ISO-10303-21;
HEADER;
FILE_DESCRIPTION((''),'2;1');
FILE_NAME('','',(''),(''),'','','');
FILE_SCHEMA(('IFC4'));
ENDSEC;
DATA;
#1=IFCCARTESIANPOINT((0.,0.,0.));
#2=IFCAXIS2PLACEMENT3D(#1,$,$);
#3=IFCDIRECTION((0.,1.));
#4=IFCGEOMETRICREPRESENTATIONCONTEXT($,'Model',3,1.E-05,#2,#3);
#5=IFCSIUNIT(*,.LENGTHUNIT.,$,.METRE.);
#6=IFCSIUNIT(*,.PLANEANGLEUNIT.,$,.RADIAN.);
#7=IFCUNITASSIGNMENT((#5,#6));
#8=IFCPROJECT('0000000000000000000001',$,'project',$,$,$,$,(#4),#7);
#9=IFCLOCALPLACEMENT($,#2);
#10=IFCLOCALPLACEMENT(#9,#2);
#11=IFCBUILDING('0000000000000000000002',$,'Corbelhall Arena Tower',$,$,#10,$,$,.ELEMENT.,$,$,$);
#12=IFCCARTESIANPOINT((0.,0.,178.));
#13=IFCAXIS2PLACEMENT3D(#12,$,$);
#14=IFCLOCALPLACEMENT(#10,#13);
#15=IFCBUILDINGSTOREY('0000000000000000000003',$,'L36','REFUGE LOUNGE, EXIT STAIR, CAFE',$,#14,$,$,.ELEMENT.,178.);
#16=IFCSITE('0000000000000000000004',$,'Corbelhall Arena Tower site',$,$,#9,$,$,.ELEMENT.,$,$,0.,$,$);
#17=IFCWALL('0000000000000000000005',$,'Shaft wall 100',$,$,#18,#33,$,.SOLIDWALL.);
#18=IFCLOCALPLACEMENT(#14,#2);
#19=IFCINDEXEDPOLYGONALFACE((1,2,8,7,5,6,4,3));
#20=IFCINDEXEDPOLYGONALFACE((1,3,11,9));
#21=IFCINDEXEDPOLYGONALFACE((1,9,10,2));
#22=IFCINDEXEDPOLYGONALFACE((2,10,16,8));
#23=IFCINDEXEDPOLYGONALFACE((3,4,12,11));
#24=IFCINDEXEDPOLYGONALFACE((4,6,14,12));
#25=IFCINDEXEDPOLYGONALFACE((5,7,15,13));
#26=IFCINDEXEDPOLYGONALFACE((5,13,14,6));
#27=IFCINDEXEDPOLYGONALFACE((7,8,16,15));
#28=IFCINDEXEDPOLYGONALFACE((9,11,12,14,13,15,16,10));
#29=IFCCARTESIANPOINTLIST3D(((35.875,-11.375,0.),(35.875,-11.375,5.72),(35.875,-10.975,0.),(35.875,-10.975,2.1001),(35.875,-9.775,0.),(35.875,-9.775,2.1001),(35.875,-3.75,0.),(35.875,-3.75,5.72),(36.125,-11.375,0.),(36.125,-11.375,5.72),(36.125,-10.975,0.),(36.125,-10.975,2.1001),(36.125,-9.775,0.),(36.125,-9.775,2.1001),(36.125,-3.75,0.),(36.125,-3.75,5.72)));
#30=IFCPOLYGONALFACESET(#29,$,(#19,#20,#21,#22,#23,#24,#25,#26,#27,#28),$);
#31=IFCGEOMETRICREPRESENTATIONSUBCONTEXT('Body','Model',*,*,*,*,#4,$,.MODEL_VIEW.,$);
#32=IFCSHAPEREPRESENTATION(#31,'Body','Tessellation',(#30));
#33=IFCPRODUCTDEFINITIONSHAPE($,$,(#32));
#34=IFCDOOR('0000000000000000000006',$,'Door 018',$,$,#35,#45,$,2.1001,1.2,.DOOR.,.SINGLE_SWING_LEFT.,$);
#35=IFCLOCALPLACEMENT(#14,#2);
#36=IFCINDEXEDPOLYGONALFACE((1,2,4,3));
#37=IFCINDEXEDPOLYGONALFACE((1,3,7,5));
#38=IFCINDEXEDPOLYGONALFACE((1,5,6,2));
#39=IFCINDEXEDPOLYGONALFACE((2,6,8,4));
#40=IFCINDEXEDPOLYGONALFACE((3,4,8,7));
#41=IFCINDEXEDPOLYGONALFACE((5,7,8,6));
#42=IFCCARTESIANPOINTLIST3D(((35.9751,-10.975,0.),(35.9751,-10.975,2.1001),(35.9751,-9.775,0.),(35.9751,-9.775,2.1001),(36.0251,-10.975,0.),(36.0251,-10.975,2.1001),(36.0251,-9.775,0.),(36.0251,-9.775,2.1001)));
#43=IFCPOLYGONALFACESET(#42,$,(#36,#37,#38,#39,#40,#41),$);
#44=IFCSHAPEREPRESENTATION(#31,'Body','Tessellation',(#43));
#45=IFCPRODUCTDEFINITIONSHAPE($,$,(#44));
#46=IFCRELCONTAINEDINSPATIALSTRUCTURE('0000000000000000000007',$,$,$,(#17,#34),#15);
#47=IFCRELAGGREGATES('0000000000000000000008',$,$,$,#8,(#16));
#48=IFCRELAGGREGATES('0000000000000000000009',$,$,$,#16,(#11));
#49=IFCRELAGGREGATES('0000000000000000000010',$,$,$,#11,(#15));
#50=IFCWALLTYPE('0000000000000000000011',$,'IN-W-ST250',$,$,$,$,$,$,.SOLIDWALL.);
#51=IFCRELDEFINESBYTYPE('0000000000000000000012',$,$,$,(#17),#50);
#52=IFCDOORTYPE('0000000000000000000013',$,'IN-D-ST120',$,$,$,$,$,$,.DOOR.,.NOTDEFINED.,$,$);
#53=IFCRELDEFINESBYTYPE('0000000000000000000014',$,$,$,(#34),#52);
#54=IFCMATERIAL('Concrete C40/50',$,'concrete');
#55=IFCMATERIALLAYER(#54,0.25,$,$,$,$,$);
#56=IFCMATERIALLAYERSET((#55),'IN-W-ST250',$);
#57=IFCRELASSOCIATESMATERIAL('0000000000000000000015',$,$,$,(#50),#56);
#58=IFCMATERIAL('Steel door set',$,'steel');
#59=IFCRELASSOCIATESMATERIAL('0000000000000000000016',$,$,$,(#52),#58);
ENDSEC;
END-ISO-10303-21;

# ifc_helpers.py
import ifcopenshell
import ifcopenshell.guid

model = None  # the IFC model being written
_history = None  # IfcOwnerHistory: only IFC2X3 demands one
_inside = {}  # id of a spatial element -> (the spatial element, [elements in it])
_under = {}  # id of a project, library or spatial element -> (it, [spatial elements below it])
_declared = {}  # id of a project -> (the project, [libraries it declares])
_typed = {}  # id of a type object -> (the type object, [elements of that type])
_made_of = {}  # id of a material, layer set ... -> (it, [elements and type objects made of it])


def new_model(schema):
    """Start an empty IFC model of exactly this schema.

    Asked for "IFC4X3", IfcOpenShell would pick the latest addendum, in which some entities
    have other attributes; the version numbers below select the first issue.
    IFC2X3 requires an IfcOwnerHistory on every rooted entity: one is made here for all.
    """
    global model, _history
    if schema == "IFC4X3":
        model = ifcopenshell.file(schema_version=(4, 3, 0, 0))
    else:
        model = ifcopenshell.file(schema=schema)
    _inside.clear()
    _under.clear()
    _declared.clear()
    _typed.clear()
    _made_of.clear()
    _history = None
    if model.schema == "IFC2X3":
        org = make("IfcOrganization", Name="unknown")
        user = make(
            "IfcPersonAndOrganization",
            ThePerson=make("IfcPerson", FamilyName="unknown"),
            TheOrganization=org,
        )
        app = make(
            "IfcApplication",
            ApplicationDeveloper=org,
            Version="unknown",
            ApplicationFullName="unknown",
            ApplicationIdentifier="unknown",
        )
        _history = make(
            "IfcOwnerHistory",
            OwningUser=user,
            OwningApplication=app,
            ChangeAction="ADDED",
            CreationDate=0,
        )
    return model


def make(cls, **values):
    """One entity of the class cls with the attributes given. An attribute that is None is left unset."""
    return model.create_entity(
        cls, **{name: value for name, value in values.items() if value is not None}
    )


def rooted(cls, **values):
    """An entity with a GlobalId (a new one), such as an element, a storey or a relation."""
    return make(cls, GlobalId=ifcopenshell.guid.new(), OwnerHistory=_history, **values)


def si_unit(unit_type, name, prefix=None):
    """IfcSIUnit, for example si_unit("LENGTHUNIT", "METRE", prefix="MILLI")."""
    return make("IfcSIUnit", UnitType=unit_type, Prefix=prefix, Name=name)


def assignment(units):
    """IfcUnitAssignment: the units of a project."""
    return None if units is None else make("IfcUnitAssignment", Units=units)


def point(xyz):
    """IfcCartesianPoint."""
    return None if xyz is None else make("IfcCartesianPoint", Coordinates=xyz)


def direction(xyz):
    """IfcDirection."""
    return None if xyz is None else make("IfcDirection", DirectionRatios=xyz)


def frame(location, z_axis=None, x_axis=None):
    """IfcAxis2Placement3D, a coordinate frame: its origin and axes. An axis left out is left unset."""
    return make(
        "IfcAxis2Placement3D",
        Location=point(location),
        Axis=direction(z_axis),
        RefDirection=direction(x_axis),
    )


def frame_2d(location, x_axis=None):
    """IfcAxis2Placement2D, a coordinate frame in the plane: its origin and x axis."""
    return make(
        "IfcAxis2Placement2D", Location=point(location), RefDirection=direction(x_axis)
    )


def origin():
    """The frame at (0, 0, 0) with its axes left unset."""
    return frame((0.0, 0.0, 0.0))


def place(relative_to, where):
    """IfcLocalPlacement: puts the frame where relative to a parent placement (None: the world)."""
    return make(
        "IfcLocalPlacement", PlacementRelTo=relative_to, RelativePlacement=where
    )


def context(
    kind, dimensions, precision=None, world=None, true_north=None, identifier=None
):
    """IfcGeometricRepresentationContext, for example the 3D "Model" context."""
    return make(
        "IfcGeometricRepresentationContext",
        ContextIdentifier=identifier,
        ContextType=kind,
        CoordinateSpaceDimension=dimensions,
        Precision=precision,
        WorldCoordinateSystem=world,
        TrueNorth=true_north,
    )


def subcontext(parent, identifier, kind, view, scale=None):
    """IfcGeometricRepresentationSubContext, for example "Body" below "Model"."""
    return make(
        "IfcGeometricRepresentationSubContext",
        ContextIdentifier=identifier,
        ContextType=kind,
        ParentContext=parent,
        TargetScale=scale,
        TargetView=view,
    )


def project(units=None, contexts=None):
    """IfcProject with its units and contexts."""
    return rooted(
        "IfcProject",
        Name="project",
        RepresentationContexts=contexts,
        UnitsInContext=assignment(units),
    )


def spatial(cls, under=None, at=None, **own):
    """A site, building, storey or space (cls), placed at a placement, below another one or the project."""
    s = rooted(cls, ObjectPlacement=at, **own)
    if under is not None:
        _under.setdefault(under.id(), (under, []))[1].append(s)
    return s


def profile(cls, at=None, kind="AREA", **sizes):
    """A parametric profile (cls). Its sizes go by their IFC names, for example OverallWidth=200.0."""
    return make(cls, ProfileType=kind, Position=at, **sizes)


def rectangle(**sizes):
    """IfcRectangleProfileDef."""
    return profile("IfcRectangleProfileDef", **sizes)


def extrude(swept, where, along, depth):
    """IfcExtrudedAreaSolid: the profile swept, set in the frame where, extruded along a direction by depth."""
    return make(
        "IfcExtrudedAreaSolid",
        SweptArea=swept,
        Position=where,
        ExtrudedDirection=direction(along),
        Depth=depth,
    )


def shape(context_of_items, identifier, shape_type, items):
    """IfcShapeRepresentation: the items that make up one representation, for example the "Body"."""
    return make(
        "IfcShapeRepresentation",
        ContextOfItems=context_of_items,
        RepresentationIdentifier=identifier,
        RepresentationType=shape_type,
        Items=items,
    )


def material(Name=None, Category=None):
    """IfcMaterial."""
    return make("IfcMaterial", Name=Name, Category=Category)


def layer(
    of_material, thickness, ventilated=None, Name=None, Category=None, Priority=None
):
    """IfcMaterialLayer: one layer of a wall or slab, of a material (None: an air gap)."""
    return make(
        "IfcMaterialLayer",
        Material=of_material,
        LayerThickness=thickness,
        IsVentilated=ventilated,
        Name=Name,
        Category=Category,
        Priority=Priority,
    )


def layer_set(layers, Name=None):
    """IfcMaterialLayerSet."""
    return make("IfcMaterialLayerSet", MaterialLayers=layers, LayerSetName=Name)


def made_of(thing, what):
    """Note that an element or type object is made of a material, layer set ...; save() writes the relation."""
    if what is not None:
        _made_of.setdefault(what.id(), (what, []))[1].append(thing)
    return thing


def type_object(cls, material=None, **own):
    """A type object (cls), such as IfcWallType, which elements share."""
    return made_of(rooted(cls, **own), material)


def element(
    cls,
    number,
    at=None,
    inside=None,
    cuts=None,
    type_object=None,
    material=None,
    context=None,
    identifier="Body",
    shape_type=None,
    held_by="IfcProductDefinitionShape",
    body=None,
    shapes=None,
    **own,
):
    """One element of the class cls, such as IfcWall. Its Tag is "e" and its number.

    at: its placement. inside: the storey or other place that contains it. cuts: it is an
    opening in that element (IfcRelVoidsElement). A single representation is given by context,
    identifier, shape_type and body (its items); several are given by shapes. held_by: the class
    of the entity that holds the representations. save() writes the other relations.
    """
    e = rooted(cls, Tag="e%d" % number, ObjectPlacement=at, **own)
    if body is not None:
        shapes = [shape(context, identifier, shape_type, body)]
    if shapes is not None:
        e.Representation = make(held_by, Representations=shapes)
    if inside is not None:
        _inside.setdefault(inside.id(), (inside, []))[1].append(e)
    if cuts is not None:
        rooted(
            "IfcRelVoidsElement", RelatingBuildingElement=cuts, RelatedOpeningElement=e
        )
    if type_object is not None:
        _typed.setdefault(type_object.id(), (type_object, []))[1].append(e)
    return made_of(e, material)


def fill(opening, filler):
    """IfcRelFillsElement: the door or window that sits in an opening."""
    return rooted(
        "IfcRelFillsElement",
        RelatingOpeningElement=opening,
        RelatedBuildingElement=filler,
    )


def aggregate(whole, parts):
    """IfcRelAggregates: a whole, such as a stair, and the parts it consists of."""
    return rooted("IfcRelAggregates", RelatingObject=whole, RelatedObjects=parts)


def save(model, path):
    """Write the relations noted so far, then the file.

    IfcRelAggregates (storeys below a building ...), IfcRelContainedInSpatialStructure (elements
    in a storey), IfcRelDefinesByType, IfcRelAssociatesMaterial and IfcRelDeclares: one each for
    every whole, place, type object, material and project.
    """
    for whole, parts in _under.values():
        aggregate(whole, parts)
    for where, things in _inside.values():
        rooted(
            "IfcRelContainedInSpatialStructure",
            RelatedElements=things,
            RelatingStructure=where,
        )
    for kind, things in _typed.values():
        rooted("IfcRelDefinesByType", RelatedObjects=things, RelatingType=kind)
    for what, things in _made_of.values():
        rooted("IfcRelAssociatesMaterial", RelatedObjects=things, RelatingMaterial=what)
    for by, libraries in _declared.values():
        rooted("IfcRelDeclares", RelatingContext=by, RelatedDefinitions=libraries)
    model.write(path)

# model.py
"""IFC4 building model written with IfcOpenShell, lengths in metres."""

from ifc_helpers import new_model, si_unit, direction, frame, frame_2d, origin, place, context, subcontext, project, spatial, rectangle, extrude, material, layer, layer_set, type_object, element, fill, save


model = new_model("IFC4")

# Units and contexts
model_context = context("Model", 3, precision=1e-05, world=origin(), true_north=direction((0.0, 1.0)))
body_context = subcontext(model_context, "Body", "Model", "MODEL_VIEW")
ifc_project = project(units=[si_unit("LENGTHUNIT", "METRE"), si_unit("PLANEANGLEUNIT", "RADIAN")], contexts=[model_context])

# Site, building, storey
site_placement = place(None, origin())
site = spatial("IfcSite", under=ifc_project, at=site_placement, Name="Corbelhall Arena Tower site", CompositionType="ELEMENT", RefElevation=0.0)
building_placement = place(site_placement, origin())
building = spatial("IfcBuilding", under=site, at=building_placement, Name="Corbelhall Arena Tower", CompositionType="ELEMENT")
storey_placement = place(building_placement, frame((0.0, 0.0, 178.0)))
storey = spatial("IfcBuildingStorey", under=building, at=storey_placement, Name="L36", Description="REFUGE LOUNGE, EXIT STAIR, CAFE", CompositionType="ELEMENT", Elevation=178.0)

# Shared definitions
ifc_material_1 = material(Name="Steel door set", Category="steel")

# Shared definitions
ifc_material_2 = material(Name="Concrete C40/50", Category="concrete")
ifc_layer_1 = layer(ifc_material_2, 0.25)
ifc_layer_set_1 = layer_set([ifc_layer_1], Name="IN-W-ST250")
wall_type_1 = type_object("IfcWallType", Name="IN-W-ST250", PredefinedType="SOLIDWALL", material=ifc_layer_set_1)

# Wall, opening, door
wall_1_placement = place(storey_placement, frame((36.0, -11.375, 0.0), z_axis=(0.0, 0.0, 1.0), x_axis=(0.0, 1.0, 0.0)))
wall_1 = element("IfcWall", 1, at=wall_1_placement, inside=storey, type_object=wall_type_1, Name="Shaft wall 100", PredefinedType="SOLIDWALL", context=body_context, shape_type="SweptSolid", body=[
    extrude(rectangle(XDim=7.625, YDim=0.25, at=frame_2d((3.8125, 0.0))), origin(), (0.0, 0.0, 1.0), 5.72),
])
opening_1_placement = place(wall_1_placement, frame((0.3999, 0.0, 0.0)))
opening_1 = element("IfcOpeningElement", 2, at=opening_1_placement, cuts=wall_1, PredefinedType="OPENING", context=body_context, shape_type="SweptSolid", body=[
    extrude(rectangle(XDim=1.2, YDim=2.1001, at=frame_2d((0.6001, 1.05))), frame((0.0, 0.125, 0.0), z_axis=(0.0, -1.0, 0.0), x_axis=(1.0, 0.0, 0.0)), (0.0, 0.0, 1.0), 0.25),
])
door_type_1 = type_object("IfcDoorType", Name="IN-D-ST120", OperationType="NOTDEFINED", PredefinedType="DOOR", material=ifc_material_1)
door_1_placement = place(opening_1_placement, origin())
door_1 = element("IfcDoor", 3, at=door_1_placement, inside=storey, type_object=door_type_1, Name="Door 018", OperationType="SINGLE_SWING_LEFT", OverallHeight=2.1001, OverallWidth=1.2, PredefinedType="DOOR", context=body_context, shape_type="SweptSolid", body=[
    extrude(rectangle(XDim=1.2, YDim=2.1001, at=frame_2d((0.6001, 1.05))), frame((0.0, 0.0249, 0.0), z_axis=(0.0, -1.0, 0.0), x_axis=(1.0, 0.0, 0.0)), (0.0, 0.0, 1.0), 0.05),
])
fill(opening_1, door_1)

save(model, "model.ifc")
